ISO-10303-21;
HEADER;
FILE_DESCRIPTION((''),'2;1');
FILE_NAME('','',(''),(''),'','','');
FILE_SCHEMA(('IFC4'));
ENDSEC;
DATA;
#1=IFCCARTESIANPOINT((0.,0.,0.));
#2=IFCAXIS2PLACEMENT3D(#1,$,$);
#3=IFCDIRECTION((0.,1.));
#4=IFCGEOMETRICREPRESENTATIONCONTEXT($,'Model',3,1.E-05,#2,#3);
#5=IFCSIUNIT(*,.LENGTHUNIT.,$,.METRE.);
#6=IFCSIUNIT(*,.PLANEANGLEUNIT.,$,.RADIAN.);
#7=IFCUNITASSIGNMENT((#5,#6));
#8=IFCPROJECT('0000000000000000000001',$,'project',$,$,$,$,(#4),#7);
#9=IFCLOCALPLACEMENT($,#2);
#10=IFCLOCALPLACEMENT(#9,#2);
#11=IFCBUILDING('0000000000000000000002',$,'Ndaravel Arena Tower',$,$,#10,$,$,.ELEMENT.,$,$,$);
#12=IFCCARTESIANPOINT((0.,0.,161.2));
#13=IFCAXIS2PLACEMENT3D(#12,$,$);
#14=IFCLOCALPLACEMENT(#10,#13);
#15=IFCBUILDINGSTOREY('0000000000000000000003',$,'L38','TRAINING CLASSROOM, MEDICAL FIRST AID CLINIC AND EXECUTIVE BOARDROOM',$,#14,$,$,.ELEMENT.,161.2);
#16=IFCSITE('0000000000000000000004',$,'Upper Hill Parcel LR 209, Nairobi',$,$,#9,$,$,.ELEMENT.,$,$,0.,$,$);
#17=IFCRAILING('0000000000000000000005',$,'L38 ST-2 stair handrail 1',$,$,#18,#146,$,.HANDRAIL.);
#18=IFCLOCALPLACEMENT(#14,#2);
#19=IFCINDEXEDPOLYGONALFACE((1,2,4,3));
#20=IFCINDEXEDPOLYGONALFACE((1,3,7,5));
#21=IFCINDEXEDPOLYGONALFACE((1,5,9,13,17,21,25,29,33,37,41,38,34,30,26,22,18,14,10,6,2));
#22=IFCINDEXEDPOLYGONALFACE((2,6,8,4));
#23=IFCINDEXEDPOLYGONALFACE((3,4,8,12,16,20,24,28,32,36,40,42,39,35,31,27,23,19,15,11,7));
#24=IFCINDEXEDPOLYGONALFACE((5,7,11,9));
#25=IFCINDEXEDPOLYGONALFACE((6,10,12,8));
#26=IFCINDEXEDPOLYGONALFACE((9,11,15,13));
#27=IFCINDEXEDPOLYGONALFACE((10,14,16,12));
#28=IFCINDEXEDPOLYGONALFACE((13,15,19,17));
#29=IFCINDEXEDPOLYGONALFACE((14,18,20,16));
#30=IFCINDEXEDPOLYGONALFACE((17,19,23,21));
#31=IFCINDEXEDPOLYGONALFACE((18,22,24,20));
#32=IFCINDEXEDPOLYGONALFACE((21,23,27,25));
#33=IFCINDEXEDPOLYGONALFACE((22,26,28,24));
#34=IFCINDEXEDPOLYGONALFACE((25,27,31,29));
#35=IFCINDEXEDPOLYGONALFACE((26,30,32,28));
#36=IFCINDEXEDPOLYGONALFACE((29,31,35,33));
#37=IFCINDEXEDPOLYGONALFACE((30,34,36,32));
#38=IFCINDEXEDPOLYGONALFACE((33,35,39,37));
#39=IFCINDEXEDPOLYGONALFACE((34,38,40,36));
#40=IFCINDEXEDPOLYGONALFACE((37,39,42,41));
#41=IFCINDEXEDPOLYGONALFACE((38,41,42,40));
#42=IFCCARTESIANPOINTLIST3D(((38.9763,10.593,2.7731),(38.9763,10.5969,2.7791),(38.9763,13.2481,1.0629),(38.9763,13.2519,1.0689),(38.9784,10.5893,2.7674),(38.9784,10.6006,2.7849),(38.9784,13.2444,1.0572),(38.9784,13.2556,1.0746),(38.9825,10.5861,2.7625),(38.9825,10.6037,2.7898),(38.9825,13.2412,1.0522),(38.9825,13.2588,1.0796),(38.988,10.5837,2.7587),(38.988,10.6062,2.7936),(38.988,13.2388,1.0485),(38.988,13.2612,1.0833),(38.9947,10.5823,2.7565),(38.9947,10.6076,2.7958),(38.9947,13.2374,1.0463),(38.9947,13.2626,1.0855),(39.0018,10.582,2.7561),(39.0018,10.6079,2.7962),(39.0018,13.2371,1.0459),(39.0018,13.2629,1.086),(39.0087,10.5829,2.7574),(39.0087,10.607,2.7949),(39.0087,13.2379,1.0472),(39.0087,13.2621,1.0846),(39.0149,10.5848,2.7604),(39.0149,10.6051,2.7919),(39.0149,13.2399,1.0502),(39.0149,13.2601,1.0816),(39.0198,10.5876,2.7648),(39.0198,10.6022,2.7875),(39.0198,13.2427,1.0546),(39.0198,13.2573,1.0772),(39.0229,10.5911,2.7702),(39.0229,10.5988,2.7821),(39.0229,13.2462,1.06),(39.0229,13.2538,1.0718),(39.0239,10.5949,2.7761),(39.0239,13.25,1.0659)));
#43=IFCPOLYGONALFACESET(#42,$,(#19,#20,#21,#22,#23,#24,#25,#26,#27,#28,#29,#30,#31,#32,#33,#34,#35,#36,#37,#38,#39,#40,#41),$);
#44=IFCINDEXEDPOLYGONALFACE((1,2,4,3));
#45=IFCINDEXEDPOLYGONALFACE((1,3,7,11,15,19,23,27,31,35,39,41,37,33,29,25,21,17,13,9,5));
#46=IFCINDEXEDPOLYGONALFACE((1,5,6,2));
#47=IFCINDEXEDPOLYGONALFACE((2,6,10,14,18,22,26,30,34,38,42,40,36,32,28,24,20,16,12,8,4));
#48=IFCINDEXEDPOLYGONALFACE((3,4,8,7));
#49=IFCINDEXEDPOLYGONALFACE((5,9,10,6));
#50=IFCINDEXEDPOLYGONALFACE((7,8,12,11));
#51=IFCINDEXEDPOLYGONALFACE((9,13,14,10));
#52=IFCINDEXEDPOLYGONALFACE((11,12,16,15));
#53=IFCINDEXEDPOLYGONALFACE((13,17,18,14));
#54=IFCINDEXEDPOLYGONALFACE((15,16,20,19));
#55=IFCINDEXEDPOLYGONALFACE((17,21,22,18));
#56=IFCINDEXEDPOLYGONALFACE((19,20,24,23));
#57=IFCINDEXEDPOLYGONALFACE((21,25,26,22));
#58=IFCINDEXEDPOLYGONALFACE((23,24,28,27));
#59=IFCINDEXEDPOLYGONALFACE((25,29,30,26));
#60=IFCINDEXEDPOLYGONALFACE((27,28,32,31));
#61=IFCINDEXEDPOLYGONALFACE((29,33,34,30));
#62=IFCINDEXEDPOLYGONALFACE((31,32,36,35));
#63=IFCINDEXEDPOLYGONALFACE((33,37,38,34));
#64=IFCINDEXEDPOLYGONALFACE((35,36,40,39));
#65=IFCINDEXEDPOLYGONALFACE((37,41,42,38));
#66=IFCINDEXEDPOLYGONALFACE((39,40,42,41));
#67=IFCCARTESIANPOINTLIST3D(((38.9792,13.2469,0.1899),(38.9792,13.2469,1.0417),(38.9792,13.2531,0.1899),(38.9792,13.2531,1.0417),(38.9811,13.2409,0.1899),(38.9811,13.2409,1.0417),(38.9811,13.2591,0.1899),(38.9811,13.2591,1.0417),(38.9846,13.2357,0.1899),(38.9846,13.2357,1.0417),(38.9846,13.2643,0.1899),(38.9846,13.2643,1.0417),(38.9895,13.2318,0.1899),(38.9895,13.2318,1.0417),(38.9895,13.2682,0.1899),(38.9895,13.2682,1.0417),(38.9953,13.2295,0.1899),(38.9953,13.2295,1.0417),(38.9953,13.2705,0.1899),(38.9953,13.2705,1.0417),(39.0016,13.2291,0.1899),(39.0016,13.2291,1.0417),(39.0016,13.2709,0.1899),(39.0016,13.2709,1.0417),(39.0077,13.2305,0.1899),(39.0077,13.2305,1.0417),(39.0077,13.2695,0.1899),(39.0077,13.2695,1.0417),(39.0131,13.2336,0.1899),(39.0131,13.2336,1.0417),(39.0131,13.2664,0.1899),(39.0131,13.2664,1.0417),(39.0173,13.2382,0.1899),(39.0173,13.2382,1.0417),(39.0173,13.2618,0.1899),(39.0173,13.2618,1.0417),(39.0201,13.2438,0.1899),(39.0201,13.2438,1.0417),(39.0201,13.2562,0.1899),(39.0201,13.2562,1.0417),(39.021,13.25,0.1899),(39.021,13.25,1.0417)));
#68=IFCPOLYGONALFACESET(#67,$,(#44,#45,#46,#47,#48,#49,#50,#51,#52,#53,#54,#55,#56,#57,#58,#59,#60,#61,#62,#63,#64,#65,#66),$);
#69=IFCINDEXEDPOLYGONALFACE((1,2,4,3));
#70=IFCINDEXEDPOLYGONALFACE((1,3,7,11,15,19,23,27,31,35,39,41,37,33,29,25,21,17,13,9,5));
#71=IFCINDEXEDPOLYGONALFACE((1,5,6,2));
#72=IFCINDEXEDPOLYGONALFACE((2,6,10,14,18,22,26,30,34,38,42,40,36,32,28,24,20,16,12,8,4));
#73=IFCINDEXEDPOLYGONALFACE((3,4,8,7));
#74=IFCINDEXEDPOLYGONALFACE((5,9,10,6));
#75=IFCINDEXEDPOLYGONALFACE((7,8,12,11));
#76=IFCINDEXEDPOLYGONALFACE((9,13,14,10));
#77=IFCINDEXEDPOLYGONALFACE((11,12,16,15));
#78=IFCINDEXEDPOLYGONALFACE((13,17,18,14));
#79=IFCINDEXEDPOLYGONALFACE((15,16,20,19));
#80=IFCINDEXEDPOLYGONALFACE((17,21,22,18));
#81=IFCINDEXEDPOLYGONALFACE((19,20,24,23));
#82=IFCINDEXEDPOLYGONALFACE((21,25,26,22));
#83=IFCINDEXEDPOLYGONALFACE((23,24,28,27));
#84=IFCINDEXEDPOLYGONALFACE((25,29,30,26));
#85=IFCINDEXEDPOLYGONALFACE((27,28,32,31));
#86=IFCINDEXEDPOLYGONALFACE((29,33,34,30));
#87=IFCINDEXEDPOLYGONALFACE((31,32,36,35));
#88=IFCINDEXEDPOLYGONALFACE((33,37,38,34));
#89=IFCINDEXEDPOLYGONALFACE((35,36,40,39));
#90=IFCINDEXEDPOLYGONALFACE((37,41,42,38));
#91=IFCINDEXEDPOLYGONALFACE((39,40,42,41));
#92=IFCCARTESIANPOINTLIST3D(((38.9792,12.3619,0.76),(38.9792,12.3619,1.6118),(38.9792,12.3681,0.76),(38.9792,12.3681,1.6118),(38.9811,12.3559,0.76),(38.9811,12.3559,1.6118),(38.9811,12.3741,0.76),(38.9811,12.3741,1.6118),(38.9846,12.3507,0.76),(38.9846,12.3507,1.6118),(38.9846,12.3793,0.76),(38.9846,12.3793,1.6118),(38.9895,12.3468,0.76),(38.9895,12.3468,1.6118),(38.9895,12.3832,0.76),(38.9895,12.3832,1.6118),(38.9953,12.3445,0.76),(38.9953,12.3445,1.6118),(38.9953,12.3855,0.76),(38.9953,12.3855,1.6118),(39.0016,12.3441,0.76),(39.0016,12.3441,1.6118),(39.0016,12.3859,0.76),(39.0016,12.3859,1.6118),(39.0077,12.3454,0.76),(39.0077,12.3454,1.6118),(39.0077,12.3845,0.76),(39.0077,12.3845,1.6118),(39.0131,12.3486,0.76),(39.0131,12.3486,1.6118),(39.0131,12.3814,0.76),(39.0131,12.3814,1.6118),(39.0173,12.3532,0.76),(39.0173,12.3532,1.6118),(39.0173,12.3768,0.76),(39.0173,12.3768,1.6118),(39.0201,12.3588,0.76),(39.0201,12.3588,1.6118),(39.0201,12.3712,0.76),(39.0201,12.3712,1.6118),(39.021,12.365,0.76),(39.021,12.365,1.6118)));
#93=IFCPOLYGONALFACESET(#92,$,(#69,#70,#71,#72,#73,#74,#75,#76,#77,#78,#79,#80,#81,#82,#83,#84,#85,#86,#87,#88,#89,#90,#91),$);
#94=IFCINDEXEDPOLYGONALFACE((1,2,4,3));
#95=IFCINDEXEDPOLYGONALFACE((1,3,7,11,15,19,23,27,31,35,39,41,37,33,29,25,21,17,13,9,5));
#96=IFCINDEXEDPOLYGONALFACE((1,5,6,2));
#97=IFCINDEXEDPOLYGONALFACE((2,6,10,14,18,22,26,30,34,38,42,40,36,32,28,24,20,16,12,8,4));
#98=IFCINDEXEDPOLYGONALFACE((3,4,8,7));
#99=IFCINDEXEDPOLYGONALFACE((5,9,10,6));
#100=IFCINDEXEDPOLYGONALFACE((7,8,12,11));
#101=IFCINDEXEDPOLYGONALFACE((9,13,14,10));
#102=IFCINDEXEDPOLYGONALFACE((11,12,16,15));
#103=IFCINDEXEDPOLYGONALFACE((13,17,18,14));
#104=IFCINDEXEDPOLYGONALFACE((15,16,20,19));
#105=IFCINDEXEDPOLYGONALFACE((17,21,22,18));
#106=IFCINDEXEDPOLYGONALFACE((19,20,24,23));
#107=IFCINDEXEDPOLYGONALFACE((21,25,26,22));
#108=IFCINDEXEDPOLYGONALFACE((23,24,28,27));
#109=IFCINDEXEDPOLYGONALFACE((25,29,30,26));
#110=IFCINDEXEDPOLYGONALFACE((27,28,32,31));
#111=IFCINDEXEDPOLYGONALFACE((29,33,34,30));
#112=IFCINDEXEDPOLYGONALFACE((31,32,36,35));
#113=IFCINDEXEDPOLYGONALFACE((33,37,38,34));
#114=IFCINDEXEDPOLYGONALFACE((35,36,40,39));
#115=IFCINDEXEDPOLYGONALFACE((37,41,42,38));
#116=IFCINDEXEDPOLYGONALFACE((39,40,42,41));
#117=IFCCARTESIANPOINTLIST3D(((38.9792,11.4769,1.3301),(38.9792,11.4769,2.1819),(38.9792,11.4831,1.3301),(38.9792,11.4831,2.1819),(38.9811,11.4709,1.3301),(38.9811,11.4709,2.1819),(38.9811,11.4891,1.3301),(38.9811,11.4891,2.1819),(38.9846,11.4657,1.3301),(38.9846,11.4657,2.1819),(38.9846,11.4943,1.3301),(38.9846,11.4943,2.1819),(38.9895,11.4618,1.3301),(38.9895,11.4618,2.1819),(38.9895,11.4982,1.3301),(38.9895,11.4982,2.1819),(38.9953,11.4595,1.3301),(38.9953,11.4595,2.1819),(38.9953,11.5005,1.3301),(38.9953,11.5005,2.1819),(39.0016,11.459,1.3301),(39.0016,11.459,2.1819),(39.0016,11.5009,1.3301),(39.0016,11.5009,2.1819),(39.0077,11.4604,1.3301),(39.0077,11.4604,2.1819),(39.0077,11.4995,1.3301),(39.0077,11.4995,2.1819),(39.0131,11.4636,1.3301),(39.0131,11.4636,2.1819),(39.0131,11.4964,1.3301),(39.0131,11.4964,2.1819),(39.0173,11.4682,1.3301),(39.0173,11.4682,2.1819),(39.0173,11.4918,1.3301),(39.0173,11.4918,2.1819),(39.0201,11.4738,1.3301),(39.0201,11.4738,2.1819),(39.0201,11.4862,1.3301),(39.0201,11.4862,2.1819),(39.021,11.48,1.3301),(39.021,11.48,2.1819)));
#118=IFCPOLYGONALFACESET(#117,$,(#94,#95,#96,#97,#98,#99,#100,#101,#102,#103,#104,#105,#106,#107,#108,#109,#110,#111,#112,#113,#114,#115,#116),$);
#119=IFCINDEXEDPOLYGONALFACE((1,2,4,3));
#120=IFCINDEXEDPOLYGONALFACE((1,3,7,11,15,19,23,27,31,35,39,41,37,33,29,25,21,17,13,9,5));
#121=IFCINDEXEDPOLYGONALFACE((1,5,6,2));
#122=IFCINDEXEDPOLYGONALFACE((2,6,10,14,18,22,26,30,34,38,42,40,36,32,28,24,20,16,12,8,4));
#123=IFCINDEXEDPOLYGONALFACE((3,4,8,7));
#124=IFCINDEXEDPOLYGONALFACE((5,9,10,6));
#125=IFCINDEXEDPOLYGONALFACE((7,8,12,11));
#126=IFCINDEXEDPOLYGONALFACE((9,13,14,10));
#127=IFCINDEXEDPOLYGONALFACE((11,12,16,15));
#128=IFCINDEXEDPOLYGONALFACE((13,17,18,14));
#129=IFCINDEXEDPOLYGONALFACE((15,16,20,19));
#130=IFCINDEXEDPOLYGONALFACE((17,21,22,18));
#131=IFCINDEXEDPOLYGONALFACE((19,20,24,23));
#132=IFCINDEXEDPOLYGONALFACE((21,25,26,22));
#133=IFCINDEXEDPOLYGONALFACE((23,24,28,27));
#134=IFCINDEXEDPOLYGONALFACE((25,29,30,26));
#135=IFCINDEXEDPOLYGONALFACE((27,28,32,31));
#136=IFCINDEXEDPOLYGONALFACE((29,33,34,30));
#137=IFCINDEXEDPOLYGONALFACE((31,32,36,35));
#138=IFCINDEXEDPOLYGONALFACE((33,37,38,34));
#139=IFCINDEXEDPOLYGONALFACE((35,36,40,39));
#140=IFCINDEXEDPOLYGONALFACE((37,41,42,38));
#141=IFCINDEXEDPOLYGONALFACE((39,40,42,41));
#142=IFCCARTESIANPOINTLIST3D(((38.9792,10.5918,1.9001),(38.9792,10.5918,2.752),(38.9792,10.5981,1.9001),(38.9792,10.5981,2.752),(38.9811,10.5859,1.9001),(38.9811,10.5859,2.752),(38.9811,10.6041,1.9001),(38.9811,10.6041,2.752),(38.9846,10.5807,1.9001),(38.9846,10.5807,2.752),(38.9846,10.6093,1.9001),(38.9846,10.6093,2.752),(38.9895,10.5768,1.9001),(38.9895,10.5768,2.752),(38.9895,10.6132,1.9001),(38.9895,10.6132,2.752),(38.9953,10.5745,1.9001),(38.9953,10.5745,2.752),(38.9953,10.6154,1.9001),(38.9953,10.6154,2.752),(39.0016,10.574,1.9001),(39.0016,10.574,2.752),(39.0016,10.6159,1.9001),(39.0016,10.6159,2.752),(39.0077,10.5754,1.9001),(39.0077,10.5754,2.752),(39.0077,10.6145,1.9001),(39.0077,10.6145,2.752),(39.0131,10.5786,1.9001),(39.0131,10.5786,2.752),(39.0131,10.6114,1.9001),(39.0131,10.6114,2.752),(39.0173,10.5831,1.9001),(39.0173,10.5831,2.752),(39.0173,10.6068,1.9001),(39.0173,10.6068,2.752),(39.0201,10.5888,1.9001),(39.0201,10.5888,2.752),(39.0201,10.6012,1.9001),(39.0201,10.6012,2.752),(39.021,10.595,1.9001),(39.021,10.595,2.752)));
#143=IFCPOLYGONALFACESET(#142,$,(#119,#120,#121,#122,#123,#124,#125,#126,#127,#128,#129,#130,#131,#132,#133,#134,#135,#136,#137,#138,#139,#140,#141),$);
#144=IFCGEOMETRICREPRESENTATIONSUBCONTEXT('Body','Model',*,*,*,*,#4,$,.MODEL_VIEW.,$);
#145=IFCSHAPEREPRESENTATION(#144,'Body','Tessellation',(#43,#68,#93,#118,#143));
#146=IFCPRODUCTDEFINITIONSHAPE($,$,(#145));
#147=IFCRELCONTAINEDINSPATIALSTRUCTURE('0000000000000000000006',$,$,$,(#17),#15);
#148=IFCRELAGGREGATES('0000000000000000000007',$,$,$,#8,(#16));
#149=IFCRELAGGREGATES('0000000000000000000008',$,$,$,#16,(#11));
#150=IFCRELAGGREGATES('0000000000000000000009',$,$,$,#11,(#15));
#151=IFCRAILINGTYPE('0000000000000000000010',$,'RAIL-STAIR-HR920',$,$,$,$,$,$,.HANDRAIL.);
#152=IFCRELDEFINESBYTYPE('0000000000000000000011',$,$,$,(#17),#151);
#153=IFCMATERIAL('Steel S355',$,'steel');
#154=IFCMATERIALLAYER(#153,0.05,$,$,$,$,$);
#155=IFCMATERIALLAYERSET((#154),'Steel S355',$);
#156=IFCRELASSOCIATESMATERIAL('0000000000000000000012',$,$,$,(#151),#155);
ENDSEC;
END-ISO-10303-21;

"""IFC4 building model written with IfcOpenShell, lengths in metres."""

from ifc_helpers import new_model, si_unit, direction, frame, origin, origin_2d, place, context, subcontext, project, spatial, circle, extrude, material, layer, layer_set, type_object, element, save


model = new_model("IFC4")

# Units and contexts
model_context = context("Model", 3, precision=1e-05, world=origin(), true_north=direction((0.0, 1.0)))
body_context = subcontext(model_context, "Body", "Model", "MODEL_VIEW")
ifc_project = project(units=[si_unit("LENGTHUNIT", "METRE"), si_unit("PLANEANGLEUNIT", "RADIAN")], contexts=[model_context])

# Site, building, storey
site_placement = place(None, origin())
site = spatial("IfcSite", under=ifc_project, at=site_placement, Name="Upper Hill Parcel LR 209, Nairobi", CompositionType="ELEMENT", RefElevation=0.0)
building_placement = place(site_placement, origin())
building = spatial("IfcBuilding", under=site, at=building_placement, Name="Ndaravel Arena Tower", CompositionType="ELEMENT")
storey_placement = place(building_placement, frame((0.0, 0.0, 161.2)))
storey = spatial("IfcBuildingStorey", under=building, at=storey_placement, Name="L38", Description="TRAINING CLASSROOM, MEDICAL FIRST AID CLINIC AND EXECUTIVE BOARDROOM", CompositionType="ELEMENT", Elevation=161.2)

# Railing
ifc_material_1 = material(Name="Steel S355", Category="steel")
ifc_layer_1 = layer(ifc_material_1, 0.05)
ifc_layer_set_1 = layer_set([ifc_layer_1], Name="Steel S355")
railing_type_1 = type_object("IfcRailingType", Name="RAIL-STAIR-HR920", PredefinedType="HANDRAIL", material=ifc_layer_set_1)
railing_1_placement = place(storey_placement, frame((39.0, 13.25, 0.1899)))
element("IfcRailing", 1, at=railing_1_placement, inside=storey, type_object=railing_type_1, Name="L38 ST-2 stair handrail 1", PredefinedType="HANDRAIL", context=body_context, shape_type="SweptSolid", body=[
    extrude(circle(Radius=0.0239, at=origin_2d()), frame((0.0, 0.0, 0.876), z_axis=(0.0, -0.840688, 0.541519), x_axis=(1.0, 0.0, 0.0)), (0.0, 0.0, 1.0), 3.1582),
    extrude(circle(Radius=0.021, at=origin_2d()), origin(), (0.0, 0.0, 1.0), 0.8518),
    extrude(circle(Radius=0.021, at=origin_2d()), frame((0.0, -0.885, 0.5701)), (0.0, 0.0, 1.0), 0.8518),
    extrude(circle(Radius=0.021, at=origin_2d()), frame((0.0, -1.77, 1.1401)), (0.0, 0.0, 1.0), 0.8518),
    extrude(circle(Radius=0.021, at=origin_2d()), frame((0.0, -2.655, 1.7102)), (0.0, 0.0, 1.0), 0.8518),
])

save(model, "model.ifc")
